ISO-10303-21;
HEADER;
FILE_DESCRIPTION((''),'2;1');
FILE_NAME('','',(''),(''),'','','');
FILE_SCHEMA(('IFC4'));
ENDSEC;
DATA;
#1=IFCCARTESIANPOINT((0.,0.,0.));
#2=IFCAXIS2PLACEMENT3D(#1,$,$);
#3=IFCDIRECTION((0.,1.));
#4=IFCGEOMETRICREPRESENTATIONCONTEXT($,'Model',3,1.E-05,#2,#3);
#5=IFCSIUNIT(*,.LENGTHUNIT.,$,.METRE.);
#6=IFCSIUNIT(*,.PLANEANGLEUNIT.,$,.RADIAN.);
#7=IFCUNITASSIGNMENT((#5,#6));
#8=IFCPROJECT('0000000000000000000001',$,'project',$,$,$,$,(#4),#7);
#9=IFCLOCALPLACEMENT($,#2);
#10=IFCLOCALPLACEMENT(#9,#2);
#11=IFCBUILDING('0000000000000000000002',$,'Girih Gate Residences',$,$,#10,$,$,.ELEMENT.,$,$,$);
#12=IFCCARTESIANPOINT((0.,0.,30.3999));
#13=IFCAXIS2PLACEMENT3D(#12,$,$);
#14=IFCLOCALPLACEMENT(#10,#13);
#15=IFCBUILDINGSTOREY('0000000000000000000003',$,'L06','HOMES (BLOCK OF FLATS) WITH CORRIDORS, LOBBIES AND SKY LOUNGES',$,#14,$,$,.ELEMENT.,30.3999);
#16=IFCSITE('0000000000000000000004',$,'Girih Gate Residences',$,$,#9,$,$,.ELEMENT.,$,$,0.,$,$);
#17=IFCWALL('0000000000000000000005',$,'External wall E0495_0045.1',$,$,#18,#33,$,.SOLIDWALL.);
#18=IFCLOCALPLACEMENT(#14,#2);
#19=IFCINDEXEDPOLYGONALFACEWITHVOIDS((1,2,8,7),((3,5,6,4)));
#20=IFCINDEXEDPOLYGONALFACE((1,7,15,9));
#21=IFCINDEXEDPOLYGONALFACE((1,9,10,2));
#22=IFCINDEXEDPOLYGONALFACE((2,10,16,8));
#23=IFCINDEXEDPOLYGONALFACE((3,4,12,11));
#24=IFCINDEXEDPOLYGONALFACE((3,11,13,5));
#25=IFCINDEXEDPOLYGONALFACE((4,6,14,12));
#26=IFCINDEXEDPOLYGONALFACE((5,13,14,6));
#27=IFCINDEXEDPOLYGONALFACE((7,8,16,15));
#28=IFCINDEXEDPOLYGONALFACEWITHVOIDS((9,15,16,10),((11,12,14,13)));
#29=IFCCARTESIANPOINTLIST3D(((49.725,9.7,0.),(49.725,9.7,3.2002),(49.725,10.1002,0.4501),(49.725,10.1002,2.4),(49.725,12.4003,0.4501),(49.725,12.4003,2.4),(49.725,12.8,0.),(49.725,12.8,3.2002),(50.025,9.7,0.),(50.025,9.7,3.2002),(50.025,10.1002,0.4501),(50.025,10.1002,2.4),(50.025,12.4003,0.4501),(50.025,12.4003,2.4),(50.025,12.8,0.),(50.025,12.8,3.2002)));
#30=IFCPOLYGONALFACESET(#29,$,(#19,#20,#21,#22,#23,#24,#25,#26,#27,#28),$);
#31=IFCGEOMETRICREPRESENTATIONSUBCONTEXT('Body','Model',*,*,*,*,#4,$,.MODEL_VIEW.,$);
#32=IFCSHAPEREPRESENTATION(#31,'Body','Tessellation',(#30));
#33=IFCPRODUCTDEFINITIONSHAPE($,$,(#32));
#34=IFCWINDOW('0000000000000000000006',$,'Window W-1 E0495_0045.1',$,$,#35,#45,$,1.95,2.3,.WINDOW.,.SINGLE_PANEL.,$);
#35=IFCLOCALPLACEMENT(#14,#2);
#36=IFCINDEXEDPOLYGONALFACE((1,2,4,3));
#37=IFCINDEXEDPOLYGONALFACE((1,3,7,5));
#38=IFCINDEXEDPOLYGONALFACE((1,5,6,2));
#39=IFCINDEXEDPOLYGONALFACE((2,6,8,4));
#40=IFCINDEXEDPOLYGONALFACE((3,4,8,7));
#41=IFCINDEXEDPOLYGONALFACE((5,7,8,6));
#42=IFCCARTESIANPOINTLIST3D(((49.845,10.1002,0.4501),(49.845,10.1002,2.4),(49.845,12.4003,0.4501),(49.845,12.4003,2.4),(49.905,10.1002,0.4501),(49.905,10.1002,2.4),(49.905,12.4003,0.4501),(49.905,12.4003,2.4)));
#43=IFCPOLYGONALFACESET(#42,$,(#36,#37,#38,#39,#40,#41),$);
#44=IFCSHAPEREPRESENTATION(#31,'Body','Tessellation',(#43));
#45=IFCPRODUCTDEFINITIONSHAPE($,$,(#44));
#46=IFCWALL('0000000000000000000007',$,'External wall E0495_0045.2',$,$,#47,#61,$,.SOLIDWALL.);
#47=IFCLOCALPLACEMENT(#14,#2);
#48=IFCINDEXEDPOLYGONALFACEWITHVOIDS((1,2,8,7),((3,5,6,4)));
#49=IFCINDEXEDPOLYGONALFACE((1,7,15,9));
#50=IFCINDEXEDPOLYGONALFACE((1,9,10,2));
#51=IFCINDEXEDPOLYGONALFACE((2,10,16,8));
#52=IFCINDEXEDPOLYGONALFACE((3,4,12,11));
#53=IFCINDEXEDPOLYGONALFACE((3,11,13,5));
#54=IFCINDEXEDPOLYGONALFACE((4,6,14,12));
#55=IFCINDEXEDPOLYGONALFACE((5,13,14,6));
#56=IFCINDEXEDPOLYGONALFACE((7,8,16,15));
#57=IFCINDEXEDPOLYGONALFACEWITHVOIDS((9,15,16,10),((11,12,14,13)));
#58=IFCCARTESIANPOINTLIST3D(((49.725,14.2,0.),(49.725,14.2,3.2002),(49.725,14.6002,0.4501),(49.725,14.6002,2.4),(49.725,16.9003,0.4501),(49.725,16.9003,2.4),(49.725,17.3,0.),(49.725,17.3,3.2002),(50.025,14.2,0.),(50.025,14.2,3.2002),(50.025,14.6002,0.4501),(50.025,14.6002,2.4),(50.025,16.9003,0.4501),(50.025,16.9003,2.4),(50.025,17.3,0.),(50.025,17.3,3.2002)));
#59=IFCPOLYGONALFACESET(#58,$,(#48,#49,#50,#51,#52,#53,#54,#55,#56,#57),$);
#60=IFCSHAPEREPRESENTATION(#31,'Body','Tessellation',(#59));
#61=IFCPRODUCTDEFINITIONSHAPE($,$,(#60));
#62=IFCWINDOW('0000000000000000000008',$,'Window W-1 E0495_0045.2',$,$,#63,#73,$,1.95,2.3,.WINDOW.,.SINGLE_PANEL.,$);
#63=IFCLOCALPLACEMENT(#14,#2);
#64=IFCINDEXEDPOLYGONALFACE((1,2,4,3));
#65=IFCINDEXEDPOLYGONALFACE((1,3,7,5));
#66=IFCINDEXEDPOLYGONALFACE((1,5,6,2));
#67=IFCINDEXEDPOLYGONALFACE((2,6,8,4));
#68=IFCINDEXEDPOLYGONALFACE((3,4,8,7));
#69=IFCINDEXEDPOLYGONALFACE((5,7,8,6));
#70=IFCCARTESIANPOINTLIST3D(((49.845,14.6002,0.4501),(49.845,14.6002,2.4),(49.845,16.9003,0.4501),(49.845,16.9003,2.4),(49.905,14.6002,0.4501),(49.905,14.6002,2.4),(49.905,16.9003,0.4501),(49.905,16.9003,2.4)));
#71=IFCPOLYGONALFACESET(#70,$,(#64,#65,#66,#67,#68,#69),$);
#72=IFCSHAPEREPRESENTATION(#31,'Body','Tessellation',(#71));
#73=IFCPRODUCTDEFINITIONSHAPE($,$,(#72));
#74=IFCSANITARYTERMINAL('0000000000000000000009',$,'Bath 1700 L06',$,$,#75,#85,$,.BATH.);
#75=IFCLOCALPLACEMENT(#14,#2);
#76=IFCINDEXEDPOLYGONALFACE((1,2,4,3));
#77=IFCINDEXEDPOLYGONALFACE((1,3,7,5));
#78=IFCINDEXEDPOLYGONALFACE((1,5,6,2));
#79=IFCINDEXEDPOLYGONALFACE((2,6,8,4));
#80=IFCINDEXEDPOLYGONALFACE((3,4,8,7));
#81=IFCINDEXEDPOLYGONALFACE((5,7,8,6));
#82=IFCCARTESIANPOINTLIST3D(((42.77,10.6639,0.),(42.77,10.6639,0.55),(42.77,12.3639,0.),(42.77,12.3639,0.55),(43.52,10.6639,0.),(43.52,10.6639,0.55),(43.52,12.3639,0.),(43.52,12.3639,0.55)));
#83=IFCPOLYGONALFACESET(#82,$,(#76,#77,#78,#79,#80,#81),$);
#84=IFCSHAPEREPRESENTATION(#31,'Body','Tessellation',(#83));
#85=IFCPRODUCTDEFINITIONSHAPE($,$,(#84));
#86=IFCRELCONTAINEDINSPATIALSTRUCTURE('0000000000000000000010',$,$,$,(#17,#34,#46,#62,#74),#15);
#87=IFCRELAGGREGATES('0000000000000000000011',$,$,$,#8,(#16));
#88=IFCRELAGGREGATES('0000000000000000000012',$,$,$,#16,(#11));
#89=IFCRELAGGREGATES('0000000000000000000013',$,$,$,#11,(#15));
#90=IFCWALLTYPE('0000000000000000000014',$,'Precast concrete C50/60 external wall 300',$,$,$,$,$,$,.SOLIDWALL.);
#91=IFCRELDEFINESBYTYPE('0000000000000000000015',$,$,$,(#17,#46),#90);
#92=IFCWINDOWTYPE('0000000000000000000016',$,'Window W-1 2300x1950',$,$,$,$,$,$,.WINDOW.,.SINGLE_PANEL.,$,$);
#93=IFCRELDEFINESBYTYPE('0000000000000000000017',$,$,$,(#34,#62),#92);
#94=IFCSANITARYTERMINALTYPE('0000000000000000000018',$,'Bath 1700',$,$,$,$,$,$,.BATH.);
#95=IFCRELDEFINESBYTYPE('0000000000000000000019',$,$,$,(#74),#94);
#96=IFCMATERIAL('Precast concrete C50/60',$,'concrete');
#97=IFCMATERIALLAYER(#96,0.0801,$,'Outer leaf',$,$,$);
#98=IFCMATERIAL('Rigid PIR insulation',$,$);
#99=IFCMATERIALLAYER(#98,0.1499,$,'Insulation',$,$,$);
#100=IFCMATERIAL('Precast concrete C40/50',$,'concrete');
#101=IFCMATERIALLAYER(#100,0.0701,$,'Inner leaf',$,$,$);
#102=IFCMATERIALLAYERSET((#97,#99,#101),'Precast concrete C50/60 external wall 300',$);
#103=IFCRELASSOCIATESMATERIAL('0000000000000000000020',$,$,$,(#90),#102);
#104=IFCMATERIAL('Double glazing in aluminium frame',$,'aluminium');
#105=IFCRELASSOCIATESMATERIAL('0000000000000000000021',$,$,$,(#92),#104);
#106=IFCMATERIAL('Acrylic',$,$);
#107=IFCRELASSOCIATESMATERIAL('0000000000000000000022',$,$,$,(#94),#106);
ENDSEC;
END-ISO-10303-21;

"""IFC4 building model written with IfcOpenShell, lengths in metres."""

from ifc_helpers import new_model, si_unit, direction, frame, frame_2d, origin, origin_2d, place, context, subcontext, project, spatial, rectangle, extrude, material, layer, layer_set, type_object, element, fill, save


model = new_model("IFC4")

# Units and contexts
model_context = context("Model", 3, precision=1e-05, world=origin(), true_north=direction((0.0, 1.0)))
body_context = subcontext(model_context, "Body", "Model", "MODEL_VIEW")
ifc_project = project(units=[si_unit("LENGTHUNIT", "METRE"), si_unit("PLANEANGLEUNIT", "RADIAN")], contexts=[model_context])

# Site, building, storey
site_placement = place(None, origin())
site = spatial("IfcSite", under=ifc_project, at=site_placement, Name="Girih Gate Residences", CompositionType="ELEMENT", RefElevation=0.0)
building_placement = place(site_placement, origin())
building = spatial("IfcBuilding", under=site, at=building_placement, Name="Girih Gate Residences", CompositionType="ELEMENT")
storey_placement = place(building_placement, frame((0.0, 0.0, 30.3999)))
storey = spatial("IfcBuildingStorey", under=building, at=storey_placement, Name="L06", Description="HOMES (BLOCK OF FLATS) WITH CORRIDORS, LOBBIES AND SKY LOUNGES", CompositionType="ELEMENT", Elevation=30.3999)

# Walls, openings, windows
ifc_material_1 = material(Name="Precast concrete C50/60", Category="concrete")
ifc_layer_1 = layer(ifc_material_1, 0.0801, Name="Outer leaf")
ifc_material_2 = material(Name="Rigid PIR insulation")
ifc_layer_2 = layer(ifc_material_2, 0.1499, Name="Insulation")
ifc_material_3 = material(Name="Precast concrete C40/50", Category="concrete")
ifc_layer_3 = layer(ifc_material_3, 0.0701, Name="Inner leaf")
ifc_layer_set_1 = layer_set([ifc_layer_1, ifc_layer_2, ifc_layer_3], Name="Precast concrete C50/60 external wall 300")
wall_type_1 = type_object("IfcWallType", Name="Precast concrete C50/60 external wall 300", PredefinedType="SOLIDWALL", material=ifc_layer_set_1)
wall_1_placement = place(storey_placement, frame((49.875, 12.8, 0.0), z_axis=(0.0, 0.0, 1.0), x_axis=(0.0, -1.0, 0.0)))
wall_1 = element("IfcWall", 1, at=wall_1_placement, inside=storey, type_object=wall_type_1, Name="External wall E0495_0045.1", PredefinedType="SOLIDWALL", context=body_context, shape_type="SweptSolid", body=[
    extrude(rectangle(XDim=3.1001, YDim=0.3, at=frame_2d((1.55, 0.0))), origin(), (0.0, 0.0, 1.0), 3.2002),
])
opening_1_placement = place(wall_1_placement, frame((0.3999, 0.0, 0.45)))
opening_1 = element("IfcOpeningElement", 2, at=opening_1_placement, cuts=wall_1, PredefinedType="OPENING", context=body_context, shape_type="SweptSolid", body=[
    extrude(rectangle(XDim=2.3, YDim=1.95, at=frame_2d((1.1499, 0.9751))), frame((0.0, 0.1599, 0.0), z_axis=(0.0, -1.0, 0.0), x_axis=(1.0, 0.0, 0.0)), (0.0, 0.0, 1.0), 0.3201),
])
ifc_material_4 = material(Name="Double glazing in aluminium frame", Category="aluminium")
window_type = type_object("IfcWindowType", Name="Window W-1 2300x1950", PartitioningType="SINGLE_PANEL", PredefinedType="WINDOW", material=ifc_material_4)
window_1_placement = place(opening_1_placement, origin())
window_1 = element("IfcWindow", 3, at=window_1_placement, inside=storey, type_object=window_type, Name="Window W-1 E0495_0045.1", OverallHeight=1.95, OverallWidth=2.3, PartitioningType="SINGLE_PANEL", PredefinedType="WINDOW", context=body_context, shape_type="SweptSolid", body=[
    extrude(rectangle(XDim=2.3, YDim=1.95, at=frame_2d((1.1499, 0.9751))), frame((0.0, 0.03, 0.0), z_axis=(0.0, -1.0, 0.0), x_axis=(1.0, 0.0, 0.0)), (0.0, 0.0, 1.0), 0.0601),
])
fill(opening_1, window_1)
wall_2_placement = place(storey_placement, frame((49.875, 17.3, 0.0), z_axis=(0.0, 0.0, 1.0), x_axis=(0.0, -1.0, 0.0)))
wall_2 = element("IfcWall", 4, at=wall_2_placement, inside=storey, type_object=wall_type_1, Name="External wall E0495_0045.2", PredefinedType="SOLIDWALL", context=body_context, shape_type="SweptSolid", body=[
    extrude(rectangle(XDim=3.1001, YDim=0.3, at=frame_2d((1.55, 0.0))), origin(), (0.0, 0.0, 1.0), 3.2002),
])
opening_2_placement = place(wall_2_placement, frame((0.3999, 0.0, 0.45)))
opening_2 = element("IfcOpeningElement", 5, at=opening_2_placement, cuts=wall_2, PredefinedType="OPENING", context=body_context, shape_type="SweptSolid", body=[
    extrude(rectangle(XDim=2.3, YDim=1.95, at=frame_2d((1.1499, 0.9751))), frame((0.0, 0.1599, 0.0), z_axis=(0.0, -1.0, 0.0), x_axis=(1.0, 0.0, 0.0)), (0.0, 0.0, 1.0), 0.3201),
])
window_2_placement = place(opening_2_placement, origin())
window_2 = element("IfcWindow", 6, at=window_2_placement, inside=storey, type_object=window_type, Name="Window W-1 E0495_0045.2", OverallHeight=1.95, OverallWidth=2.3, PartitioningType="SINGLE_PANEL", PredefinedType="WINDOW", context=body_context, shape_type="SweptSolid", body=[
    extrude(rectangle(XDim=2.3, YDim=1.95, at=frame_2d((1.1499, 0.9751))), frame((0.0, 0.03, 0.0), z_axis=(0.0, -1.0, 0.0), x_axis=(1.0, 0.0, 0.0)), (0.0, 0.0, 1.0), 0.0601),
])
fill(opening_2, window_2)

# Sanitary terminal
ifc_material_5 = material(Name="Acrylic")
sanitary_terminal_type = type_object("IfcSanitaryTerminalType", Name="Bath 1700", PredefinedType="BATH", material=ifc_material_5)
sanitary_terminal_placement = place(storey_placement, frame((43.145, 11.5139, 0.0), z_axis=(0.0, 0.0, 1.0), x_axis=(1.0, 0.0, 0.0)))
element("IfcSanitaryTerminal", 7, at=sanitary_terminal_placement, inside=storey, type_object=sanitary_terminal_type, Name="Bath 1700 L06", PredefinedType="BATH", context=body_context, shape_type="SweptSolid", body=[
    extrude(rectangle(XDim=0.75, YDim=1.7, at=origin_2d()), origin(), (0.0, 0.0, 1.0), 0.55),
])

save(model, "model.ifc")
